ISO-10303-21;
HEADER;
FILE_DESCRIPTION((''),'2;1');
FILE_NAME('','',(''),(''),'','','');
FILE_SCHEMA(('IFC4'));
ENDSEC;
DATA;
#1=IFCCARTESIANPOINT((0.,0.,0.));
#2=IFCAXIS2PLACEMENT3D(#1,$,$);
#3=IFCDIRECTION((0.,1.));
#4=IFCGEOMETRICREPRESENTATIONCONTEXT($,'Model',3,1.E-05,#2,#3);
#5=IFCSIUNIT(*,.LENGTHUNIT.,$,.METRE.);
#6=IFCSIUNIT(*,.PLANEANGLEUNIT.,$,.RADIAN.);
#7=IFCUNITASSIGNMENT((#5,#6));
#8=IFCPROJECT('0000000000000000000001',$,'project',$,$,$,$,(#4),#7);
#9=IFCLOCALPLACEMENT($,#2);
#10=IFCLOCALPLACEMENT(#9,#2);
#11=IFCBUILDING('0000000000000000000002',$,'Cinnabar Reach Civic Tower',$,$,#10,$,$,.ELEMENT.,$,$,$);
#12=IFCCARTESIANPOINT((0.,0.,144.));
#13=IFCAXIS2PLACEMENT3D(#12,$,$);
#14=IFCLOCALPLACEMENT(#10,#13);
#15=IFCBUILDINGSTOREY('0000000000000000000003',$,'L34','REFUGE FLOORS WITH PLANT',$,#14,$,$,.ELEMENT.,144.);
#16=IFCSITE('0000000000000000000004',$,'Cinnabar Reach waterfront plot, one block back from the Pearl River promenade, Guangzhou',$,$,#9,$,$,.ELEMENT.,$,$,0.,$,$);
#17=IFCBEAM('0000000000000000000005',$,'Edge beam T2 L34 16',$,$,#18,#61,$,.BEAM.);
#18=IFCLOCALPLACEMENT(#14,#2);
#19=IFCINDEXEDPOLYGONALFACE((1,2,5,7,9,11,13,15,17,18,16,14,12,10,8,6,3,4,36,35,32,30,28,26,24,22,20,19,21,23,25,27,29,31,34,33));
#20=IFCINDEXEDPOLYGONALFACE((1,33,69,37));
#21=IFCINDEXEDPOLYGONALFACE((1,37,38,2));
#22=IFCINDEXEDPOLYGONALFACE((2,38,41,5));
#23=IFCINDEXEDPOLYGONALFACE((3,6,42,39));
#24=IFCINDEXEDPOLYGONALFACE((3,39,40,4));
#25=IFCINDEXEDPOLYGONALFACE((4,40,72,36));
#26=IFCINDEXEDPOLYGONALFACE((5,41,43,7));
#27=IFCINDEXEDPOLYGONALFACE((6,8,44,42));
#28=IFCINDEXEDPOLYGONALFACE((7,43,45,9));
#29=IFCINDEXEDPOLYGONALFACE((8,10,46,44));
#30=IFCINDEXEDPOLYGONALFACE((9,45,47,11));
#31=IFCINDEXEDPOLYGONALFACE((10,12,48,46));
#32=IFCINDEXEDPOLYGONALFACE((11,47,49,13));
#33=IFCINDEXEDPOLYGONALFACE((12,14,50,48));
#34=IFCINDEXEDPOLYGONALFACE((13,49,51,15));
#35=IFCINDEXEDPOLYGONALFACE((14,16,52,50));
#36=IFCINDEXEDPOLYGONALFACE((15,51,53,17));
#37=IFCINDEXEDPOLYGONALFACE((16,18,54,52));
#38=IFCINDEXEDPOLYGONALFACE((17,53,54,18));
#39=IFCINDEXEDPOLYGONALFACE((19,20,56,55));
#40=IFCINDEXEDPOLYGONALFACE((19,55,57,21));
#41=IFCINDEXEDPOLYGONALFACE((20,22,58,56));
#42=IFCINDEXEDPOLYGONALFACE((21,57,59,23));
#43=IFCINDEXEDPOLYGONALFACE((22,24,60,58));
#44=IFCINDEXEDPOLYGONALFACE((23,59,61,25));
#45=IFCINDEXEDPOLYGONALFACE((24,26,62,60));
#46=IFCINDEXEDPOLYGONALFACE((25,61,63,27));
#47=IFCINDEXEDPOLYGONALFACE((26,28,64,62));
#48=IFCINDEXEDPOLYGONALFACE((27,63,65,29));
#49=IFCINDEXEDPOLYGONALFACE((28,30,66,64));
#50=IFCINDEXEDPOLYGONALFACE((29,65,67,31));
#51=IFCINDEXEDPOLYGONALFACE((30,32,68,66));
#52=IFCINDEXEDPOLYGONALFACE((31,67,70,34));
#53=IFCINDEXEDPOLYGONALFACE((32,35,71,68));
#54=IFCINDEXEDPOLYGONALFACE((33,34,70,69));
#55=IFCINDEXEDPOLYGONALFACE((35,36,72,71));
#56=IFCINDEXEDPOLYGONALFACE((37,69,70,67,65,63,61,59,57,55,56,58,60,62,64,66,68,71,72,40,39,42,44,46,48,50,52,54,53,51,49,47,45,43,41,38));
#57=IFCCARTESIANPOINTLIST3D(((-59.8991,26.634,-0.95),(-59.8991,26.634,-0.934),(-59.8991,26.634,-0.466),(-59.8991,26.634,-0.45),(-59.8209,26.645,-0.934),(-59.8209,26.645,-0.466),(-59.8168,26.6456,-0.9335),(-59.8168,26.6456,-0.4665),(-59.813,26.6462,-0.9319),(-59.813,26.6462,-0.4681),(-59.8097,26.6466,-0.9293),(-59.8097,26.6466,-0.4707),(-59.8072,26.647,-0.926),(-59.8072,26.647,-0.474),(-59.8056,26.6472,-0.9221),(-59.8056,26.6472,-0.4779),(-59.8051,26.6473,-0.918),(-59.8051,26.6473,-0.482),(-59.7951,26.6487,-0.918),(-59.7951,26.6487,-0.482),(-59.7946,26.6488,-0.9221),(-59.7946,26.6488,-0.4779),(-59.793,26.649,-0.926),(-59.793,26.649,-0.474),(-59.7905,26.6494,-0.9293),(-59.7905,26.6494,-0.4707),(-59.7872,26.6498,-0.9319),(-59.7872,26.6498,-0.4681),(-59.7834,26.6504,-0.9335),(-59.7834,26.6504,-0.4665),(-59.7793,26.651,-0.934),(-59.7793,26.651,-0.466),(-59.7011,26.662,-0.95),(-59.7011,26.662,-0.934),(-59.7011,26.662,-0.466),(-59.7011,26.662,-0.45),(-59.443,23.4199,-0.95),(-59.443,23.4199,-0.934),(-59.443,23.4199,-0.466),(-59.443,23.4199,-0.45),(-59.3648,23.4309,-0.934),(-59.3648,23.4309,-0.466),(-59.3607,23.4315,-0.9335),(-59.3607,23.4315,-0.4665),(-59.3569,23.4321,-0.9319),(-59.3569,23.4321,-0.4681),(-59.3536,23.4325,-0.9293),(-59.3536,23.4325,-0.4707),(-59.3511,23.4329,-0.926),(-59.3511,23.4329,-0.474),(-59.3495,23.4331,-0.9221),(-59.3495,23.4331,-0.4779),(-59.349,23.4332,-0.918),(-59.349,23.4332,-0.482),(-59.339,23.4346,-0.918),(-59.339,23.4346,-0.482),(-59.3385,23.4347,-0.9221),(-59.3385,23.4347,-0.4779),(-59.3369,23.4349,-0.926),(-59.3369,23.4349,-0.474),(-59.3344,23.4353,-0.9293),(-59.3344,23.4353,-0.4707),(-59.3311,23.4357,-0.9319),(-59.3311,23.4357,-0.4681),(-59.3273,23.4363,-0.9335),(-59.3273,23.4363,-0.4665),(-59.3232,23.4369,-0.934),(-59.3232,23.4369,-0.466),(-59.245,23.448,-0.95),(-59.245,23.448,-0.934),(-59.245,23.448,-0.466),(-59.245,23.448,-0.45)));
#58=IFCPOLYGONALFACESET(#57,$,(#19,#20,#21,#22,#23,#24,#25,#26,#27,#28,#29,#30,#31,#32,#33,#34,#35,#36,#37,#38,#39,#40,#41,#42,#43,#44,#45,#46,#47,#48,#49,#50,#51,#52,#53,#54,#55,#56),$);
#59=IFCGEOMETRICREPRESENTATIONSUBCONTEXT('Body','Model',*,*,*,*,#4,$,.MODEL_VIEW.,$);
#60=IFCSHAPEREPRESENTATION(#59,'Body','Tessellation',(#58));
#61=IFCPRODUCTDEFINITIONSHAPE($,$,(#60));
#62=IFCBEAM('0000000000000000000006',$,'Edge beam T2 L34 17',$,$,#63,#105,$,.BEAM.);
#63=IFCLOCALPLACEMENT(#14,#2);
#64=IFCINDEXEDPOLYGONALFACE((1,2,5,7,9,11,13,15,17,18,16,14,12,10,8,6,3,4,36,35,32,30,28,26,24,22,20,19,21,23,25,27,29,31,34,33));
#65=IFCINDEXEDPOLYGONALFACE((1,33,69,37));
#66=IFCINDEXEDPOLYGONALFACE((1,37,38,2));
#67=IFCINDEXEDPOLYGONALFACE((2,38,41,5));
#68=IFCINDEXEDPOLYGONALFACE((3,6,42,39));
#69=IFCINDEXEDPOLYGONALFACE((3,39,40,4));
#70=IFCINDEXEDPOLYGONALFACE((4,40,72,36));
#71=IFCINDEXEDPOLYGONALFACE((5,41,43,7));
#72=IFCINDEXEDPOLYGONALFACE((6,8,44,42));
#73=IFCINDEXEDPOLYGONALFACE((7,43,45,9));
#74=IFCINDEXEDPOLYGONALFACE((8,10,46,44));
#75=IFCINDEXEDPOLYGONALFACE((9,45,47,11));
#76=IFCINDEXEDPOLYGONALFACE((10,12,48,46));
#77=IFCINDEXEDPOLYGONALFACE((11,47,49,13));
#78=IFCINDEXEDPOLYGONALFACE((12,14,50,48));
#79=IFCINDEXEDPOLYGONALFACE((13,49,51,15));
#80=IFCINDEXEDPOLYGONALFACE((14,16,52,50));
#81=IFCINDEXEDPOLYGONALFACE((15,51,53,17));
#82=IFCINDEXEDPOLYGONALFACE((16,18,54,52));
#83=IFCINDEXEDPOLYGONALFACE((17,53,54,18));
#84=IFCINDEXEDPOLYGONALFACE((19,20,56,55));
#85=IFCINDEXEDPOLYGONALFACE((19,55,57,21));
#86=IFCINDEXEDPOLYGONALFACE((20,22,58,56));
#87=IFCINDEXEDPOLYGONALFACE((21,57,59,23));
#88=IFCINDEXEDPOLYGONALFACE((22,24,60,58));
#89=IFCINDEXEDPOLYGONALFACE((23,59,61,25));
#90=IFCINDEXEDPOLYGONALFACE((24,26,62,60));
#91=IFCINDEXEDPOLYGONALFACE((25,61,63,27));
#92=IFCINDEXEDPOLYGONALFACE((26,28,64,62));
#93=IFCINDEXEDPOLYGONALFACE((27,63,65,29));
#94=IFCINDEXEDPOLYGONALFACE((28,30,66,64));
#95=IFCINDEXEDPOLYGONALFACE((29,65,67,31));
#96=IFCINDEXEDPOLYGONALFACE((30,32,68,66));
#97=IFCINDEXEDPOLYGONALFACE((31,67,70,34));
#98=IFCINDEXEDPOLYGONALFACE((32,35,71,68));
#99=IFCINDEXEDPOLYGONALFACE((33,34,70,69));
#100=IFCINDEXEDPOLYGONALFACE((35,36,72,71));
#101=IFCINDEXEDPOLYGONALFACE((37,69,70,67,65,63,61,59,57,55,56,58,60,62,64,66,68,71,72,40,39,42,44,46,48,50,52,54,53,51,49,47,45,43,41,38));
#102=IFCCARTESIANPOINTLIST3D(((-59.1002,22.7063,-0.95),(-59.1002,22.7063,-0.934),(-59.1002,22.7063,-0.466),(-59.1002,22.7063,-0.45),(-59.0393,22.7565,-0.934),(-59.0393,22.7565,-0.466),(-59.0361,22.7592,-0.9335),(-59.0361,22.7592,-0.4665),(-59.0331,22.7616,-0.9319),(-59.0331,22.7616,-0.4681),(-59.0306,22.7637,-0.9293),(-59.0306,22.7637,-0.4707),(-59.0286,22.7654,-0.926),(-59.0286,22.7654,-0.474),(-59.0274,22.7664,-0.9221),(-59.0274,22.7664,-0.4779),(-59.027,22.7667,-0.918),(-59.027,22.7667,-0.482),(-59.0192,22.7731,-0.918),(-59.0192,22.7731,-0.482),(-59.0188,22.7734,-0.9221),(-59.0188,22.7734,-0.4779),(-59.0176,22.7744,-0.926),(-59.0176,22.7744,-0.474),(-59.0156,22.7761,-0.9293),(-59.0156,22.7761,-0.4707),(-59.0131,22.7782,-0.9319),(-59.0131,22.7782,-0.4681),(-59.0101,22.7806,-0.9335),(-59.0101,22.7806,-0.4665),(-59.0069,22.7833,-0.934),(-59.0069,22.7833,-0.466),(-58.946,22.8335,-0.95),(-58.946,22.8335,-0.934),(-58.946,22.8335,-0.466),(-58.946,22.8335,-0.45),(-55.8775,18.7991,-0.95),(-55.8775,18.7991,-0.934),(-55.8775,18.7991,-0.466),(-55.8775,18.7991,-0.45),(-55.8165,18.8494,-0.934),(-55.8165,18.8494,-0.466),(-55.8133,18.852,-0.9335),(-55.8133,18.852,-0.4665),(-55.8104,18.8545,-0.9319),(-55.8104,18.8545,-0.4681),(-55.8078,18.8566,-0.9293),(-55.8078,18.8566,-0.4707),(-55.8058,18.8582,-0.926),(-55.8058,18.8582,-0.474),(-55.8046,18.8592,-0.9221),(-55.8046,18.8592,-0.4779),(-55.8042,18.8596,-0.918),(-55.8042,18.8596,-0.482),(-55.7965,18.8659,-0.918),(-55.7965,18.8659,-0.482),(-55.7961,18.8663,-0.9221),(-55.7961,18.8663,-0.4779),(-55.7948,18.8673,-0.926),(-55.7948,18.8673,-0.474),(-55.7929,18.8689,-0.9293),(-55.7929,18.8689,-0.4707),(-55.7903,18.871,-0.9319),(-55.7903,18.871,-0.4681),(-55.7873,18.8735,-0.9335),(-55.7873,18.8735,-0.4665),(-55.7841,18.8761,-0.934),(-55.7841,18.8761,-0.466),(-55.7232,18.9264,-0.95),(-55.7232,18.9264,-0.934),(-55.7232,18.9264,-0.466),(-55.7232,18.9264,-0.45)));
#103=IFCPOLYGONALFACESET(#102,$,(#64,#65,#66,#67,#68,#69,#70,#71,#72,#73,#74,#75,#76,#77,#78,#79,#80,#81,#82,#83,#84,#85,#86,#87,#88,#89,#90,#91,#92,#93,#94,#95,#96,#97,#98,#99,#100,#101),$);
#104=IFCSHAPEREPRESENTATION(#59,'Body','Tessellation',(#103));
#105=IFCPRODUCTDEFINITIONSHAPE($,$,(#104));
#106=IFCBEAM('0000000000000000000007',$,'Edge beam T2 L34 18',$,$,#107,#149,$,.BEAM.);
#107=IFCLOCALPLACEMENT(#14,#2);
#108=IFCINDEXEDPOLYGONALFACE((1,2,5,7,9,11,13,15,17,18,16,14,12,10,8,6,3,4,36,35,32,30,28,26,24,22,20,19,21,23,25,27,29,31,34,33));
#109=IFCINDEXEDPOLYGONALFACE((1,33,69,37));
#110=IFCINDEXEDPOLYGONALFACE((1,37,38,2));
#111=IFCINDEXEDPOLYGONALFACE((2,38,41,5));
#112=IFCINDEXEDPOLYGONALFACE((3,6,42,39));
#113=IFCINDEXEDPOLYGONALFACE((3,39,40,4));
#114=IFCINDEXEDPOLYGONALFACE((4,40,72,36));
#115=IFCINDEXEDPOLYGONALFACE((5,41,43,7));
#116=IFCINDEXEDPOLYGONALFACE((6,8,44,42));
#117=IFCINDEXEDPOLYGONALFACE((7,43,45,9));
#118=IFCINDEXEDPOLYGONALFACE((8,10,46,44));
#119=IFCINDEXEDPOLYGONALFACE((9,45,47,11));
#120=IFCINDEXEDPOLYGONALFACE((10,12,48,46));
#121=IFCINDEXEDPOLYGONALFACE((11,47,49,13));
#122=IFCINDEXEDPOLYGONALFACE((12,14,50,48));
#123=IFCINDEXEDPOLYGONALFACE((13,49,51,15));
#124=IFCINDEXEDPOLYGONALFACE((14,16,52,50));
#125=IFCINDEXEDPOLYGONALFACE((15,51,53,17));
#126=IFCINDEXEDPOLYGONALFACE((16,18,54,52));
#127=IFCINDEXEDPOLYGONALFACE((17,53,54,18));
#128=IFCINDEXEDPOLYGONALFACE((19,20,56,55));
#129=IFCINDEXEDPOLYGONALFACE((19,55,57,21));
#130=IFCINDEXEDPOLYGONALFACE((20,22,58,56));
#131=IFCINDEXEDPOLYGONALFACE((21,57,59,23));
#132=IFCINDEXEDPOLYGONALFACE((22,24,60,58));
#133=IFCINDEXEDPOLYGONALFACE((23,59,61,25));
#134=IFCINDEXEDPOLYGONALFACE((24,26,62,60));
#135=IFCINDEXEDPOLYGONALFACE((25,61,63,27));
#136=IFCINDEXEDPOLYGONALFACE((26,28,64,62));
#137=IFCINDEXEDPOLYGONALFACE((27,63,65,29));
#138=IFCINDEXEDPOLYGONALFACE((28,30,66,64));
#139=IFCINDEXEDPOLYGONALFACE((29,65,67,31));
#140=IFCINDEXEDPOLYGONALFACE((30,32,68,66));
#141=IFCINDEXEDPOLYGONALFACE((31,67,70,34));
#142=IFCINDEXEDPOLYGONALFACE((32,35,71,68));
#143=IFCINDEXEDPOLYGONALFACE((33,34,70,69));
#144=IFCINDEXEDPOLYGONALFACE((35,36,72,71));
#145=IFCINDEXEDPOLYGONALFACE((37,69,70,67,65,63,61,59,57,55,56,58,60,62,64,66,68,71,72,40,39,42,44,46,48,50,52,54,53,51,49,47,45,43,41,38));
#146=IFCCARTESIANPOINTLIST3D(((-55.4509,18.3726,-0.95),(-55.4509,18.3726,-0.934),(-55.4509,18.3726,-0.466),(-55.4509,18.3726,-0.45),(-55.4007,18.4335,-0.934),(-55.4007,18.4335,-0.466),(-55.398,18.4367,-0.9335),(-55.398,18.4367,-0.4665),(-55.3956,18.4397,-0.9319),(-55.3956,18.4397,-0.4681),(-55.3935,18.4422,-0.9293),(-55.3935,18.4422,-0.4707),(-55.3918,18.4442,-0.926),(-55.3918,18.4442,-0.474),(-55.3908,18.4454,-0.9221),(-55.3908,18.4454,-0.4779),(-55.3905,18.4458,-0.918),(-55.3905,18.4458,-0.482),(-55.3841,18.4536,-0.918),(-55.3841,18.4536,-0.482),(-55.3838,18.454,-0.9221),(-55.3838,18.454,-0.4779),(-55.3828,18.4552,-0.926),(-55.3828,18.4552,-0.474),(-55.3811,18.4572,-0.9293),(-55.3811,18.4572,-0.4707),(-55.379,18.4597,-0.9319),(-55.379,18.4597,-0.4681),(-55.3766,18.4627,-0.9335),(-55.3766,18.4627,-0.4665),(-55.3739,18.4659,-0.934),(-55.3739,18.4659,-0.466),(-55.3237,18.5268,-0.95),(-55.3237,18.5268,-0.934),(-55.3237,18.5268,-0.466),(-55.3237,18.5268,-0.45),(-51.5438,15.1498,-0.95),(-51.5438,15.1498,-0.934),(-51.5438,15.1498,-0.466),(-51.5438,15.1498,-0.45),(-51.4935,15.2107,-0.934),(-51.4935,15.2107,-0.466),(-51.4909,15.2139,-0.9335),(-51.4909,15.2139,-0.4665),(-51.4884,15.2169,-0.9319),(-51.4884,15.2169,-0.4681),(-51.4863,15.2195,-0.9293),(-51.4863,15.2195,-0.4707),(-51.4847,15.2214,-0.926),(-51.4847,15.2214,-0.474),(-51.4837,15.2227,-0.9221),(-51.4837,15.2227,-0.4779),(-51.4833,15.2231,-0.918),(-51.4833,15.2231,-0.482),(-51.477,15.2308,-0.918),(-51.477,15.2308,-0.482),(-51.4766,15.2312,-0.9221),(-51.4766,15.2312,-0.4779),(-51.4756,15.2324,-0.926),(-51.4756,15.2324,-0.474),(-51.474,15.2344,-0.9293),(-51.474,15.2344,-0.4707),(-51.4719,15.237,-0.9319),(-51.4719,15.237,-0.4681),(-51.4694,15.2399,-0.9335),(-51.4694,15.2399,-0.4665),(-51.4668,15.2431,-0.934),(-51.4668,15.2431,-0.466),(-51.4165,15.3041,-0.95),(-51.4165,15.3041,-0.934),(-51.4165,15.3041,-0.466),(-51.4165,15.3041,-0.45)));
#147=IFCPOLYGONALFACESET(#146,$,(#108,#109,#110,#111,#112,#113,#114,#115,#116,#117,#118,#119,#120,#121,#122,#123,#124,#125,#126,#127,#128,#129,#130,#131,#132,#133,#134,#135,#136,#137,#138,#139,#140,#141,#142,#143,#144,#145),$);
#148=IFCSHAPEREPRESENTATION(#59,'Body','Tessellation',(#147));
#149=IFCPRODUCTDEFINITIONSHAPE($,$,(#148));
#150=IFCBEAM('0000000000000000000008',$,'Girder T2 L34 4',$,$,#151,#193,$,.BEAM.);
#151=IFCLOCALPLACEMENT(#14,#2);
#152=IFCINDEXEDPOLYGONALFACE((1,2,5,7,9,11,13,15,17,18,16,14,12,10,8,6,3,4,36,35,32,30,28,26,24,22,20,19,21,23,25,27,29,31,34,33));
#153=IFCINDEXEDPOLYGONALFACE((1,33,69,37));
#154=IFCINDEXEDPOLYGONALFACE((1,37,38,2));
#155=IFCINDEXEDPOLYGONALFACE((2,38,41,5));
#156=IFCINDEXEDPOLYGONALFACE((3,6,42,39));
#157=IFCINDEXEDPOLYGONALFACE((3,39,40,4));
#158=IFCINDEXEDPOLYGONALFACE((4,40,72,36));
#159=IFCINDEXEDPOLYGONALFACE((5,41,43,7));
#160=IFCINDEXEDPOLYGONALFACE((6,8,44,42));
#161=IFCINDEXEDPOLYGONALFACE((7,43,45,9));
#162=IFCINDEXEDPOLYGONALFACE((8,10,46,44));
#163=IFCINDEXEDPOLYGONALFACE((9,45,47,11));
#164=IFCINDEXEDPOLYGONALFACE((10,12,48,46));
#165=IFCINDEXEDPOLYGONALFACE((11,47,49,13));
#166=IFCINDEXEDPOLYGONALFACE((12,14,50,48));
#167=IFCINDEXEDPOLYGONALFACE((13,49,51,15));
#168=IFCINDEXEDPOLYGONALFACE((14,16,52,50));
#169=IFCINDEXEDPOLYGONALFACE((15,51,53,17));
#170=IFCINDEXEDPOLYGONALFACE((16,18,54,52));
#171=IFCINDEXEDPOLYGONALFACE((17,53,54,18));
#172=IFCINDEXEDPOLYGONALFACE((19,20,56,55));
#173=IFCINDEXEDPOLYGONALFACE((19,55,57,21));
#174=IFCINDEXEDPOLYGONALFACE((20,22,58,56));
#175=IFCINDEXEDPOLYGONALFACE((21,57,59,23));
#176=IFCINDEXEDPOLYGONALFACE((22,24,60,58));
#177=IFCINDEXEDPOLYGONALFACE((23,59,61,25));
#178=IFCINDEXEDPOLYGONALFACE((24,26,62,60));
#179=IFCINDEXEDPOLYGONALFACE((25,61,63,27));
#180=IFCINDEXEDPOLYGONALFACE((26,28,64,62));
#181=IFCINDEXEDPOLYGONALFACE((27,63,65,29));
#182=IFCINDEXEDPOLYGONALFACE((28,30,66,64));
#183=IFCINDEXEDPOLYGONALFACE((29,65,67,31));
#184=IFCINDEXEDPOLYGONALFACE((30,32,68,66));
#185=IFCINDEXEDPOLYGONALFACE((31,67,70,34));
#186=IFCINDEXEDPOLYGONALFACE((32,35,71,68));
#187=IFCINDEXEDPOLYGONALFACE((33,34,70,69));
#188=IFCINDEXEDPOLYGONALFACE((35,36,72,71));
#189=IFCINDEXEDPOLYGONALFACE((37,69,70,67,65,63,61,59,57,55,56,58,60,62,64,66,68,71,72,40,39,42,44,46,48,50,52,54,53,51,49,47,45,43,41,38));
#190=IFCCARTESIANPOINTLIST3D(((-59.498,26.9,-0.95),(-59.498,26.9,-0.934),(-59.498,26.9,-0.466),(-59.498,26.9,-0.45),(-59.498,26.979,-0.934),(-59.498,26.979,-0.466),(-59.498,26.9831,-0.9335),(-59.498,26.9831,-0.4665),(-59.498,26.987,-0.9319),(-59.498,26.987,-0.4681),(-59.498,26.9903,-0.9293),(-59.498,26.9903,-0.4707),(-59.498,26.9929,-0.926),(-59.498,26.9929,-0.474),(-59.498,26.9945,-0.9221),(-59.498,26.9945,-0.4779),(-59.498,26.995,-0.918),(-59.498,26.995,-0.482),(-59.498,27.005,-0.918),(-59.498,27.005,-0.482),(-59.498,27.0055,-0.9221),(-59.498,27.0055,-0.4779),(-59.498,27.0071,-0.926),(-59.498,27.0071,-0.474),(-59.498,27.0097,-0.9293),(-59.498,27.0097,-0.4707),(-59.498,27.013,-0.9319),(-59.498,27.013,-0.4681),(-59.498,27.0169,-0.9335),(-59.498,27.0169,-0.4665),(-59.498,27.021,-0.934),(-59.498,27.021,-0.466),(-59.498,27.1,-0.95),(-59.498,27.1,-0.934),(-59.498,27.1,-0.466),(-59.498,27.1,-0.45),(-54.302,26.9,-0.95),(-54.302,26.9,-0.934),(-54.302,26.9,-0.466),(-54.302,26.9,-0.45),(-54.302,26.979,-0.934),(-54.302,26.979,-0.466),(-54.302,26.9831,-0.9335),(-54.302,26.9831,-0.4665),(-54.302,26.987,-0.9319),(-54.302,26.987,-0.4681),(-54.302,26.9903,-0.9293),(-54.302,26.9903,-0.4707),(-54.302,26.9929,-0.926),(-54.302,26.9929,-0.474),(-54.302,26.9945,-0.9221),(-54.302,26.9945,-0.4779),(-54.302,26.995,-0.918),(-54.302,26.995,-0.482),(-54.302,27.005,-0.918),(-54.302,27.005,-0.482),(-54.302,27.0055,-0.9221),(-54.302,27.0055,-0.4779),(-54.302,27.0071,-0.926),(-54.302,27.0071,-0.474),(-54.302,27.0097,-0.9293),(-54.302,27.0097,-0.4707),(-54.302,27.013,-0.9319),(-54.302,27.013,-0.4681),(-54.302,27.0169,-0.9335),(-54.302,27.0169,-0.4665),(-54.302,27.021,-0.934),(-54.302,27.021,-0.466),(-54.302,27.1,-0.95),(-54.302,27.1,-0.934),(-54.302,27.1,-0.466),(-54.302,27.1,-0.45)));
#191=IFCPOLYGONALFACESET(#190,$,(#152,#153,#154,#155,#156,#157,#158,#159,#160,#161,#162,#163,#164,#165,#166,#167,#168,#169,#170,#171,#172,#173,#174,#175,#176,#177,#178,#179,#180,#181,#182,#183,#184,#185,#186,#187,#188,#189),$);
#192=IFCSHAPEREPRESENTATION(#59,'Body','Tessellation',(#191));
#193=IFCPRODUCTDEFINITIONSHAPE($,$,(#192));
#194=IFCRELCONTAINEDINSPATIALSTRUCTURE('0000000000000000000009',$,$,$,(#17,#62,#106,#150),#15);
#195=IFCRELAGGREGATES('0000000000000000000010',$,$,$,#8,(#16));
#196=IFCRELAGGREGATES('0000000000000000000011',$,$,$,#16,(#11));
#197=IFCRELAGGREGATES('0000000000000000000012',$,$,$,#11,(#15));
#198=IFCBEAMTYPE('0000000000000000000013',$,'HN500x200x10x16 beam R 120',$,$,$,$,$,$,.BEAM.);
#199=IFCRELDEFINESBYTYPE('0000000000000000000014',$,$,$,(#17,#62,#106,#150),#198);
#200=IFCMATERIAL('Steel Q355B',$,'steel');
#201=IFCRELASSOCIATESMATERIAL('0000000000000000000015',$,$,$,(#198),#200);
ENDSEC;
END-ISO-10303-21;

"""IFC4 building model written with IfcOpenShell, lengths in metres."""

from ifc_helpers import new_model, si_unit, direction, frame, origin, origin_2d, place, context, subcontext, project, spatial, i_section, extrude, material, material_profile, profile_set, type_object, element, save


model = new_model("IFC4")

# Units and contexts
model_context = context("Model", 3, precision=1e-05, world=origin(), true_north=direction((0.0, 1.0)))
body_context = subcontext(model_context, "Body", "Model", "MODEL_VIEW")
ifc_project = project(units=[si_unit("LENGTHUNIT", "METRE"), si_unit("PLANEANGLEUNIT", "RADIAN")], contexts=[model_context])

# Site, building, storey
site_placement = place(None, origin())
site = spatial("IfcSite", under=ifc_project, at=site_placement, Name="Cinnabar Reach waterfront plot, one block back from the Pearl River promenade, Guangzhou", CompositionType="ELEMENT", RefElevation=0.0)
building_placement = place(site_placement, origin())
building = spatial("IfcBuilding", under=site, at=building_placement, Name="Cinnabar Reach Civic Tower", CompositionType="ELEMENT")
storey_placement = place(building_placement, frame((0.0, 0.0, 144.0)))
storey = spatial("IfcBuildingStorey", under=building, at=storey_placement, Name="L34", Description="REFUGE FLOORS WITH PLANT", CompositionType="ELEMENT", Elevation=144.0)

# Beams
ifc_material_1 = material(Name="Steel Q355B", Category="steel")
ifc_material_profile_1 = material_profile(ifc_material_1, i_section(OverallWidth=0.2, OverallDepth=0.5, WebThickness=0.01, FlangeThickness=0.016, FilletRadius=0.016, at=origin_2d()), Name="HN500x200x10x16")
ifc_profile_set_1 = profile_set([ifc_material_profile_1], Name="Steel Q355B")
beam_type_1 = type_object("IfcBeamType", Name="HN500x200x10x16 beam R 120", PredefinedType="BEAM", material=ifc_profile_set_1)
beam_1_placement = place(storey_placement, frame((-59.8001, 26.648, -0.7), z_axis=(0.140498, -0.990081, 0.0), x_axis=(0.990081, 0.140498, 0.0)))
element("IfcBeam", 1, at=beam_1_placement, inside=storey, type_object=beam_type_1, Name="Edge beam T2 L34 16", PredefinedType="BEAM", context=body_context, shape_type="SweptSolid", body=[
    extrude(i_section(OverallWidth=0.2, OverallDepth=0.5, WebThickness=0.01, FlangeThickness=0.016, FilletRadius=0.016, at=origin_2d()), origin(), (0.0, 0.0, 1.0), 3.2463),
])
for number, where, z_axis, x_axis, name in (
    (2, (-59.0231, 22.7699, -0.7), (0.636308, -0.771435, 0.0), (0.771435, 0.636308, 0.0), "Edge beam T2 L34 17"),
    (3, (-55.3873, 18.4497, -0.7), (0.771435, -0.636308, 0.0), (0.636308, 0.771435, 0.0), "Edge beam T2 L34 18"),
):
    element("IfcBeam", number, at=place(storey_placement, frame(where, z_axis=z_axis, x_axis=x_axis)), inside=storey, type_object=beam_type_1, Name=name, PredefinedType="BEAM", context=body_context, shape_type="SweptSolid", body=[
        extrude(i_section(OverallWidth=0.2, OverallDepth=0.5, WebThickness=0.01, FlangeThickness=0.016, FilletRadius=0.016, at=origin_2d()), origin(), (0.0, 0.0, 1.0), 5.0648),
    ])
beam_2_placement = place(storey_placement, frame((-59.498, 27.0, -0.7), z_axis=(1.0, 0.0, 0.0), x_axis=(0.0, 1.0, 0.0)))
element("IfcBeam", 4, at=beam_2_placement, inside=storey, type_object=beam_type_1, Name="Girder T2 L34 4", PredefinedType="BEAM", context=body_context, shape_type="SweptSolid", body=[
    extrude(i_section(OverallWidth=0.2, OverallDepth=0.5, WebThickness=0.01, FlangeThickness=0.016, FilletRadius=0.016, at=origin_2d()), origin(), (0.0, 0.0, 1.0), 5.196),
])

save(model, "model.ifc")
